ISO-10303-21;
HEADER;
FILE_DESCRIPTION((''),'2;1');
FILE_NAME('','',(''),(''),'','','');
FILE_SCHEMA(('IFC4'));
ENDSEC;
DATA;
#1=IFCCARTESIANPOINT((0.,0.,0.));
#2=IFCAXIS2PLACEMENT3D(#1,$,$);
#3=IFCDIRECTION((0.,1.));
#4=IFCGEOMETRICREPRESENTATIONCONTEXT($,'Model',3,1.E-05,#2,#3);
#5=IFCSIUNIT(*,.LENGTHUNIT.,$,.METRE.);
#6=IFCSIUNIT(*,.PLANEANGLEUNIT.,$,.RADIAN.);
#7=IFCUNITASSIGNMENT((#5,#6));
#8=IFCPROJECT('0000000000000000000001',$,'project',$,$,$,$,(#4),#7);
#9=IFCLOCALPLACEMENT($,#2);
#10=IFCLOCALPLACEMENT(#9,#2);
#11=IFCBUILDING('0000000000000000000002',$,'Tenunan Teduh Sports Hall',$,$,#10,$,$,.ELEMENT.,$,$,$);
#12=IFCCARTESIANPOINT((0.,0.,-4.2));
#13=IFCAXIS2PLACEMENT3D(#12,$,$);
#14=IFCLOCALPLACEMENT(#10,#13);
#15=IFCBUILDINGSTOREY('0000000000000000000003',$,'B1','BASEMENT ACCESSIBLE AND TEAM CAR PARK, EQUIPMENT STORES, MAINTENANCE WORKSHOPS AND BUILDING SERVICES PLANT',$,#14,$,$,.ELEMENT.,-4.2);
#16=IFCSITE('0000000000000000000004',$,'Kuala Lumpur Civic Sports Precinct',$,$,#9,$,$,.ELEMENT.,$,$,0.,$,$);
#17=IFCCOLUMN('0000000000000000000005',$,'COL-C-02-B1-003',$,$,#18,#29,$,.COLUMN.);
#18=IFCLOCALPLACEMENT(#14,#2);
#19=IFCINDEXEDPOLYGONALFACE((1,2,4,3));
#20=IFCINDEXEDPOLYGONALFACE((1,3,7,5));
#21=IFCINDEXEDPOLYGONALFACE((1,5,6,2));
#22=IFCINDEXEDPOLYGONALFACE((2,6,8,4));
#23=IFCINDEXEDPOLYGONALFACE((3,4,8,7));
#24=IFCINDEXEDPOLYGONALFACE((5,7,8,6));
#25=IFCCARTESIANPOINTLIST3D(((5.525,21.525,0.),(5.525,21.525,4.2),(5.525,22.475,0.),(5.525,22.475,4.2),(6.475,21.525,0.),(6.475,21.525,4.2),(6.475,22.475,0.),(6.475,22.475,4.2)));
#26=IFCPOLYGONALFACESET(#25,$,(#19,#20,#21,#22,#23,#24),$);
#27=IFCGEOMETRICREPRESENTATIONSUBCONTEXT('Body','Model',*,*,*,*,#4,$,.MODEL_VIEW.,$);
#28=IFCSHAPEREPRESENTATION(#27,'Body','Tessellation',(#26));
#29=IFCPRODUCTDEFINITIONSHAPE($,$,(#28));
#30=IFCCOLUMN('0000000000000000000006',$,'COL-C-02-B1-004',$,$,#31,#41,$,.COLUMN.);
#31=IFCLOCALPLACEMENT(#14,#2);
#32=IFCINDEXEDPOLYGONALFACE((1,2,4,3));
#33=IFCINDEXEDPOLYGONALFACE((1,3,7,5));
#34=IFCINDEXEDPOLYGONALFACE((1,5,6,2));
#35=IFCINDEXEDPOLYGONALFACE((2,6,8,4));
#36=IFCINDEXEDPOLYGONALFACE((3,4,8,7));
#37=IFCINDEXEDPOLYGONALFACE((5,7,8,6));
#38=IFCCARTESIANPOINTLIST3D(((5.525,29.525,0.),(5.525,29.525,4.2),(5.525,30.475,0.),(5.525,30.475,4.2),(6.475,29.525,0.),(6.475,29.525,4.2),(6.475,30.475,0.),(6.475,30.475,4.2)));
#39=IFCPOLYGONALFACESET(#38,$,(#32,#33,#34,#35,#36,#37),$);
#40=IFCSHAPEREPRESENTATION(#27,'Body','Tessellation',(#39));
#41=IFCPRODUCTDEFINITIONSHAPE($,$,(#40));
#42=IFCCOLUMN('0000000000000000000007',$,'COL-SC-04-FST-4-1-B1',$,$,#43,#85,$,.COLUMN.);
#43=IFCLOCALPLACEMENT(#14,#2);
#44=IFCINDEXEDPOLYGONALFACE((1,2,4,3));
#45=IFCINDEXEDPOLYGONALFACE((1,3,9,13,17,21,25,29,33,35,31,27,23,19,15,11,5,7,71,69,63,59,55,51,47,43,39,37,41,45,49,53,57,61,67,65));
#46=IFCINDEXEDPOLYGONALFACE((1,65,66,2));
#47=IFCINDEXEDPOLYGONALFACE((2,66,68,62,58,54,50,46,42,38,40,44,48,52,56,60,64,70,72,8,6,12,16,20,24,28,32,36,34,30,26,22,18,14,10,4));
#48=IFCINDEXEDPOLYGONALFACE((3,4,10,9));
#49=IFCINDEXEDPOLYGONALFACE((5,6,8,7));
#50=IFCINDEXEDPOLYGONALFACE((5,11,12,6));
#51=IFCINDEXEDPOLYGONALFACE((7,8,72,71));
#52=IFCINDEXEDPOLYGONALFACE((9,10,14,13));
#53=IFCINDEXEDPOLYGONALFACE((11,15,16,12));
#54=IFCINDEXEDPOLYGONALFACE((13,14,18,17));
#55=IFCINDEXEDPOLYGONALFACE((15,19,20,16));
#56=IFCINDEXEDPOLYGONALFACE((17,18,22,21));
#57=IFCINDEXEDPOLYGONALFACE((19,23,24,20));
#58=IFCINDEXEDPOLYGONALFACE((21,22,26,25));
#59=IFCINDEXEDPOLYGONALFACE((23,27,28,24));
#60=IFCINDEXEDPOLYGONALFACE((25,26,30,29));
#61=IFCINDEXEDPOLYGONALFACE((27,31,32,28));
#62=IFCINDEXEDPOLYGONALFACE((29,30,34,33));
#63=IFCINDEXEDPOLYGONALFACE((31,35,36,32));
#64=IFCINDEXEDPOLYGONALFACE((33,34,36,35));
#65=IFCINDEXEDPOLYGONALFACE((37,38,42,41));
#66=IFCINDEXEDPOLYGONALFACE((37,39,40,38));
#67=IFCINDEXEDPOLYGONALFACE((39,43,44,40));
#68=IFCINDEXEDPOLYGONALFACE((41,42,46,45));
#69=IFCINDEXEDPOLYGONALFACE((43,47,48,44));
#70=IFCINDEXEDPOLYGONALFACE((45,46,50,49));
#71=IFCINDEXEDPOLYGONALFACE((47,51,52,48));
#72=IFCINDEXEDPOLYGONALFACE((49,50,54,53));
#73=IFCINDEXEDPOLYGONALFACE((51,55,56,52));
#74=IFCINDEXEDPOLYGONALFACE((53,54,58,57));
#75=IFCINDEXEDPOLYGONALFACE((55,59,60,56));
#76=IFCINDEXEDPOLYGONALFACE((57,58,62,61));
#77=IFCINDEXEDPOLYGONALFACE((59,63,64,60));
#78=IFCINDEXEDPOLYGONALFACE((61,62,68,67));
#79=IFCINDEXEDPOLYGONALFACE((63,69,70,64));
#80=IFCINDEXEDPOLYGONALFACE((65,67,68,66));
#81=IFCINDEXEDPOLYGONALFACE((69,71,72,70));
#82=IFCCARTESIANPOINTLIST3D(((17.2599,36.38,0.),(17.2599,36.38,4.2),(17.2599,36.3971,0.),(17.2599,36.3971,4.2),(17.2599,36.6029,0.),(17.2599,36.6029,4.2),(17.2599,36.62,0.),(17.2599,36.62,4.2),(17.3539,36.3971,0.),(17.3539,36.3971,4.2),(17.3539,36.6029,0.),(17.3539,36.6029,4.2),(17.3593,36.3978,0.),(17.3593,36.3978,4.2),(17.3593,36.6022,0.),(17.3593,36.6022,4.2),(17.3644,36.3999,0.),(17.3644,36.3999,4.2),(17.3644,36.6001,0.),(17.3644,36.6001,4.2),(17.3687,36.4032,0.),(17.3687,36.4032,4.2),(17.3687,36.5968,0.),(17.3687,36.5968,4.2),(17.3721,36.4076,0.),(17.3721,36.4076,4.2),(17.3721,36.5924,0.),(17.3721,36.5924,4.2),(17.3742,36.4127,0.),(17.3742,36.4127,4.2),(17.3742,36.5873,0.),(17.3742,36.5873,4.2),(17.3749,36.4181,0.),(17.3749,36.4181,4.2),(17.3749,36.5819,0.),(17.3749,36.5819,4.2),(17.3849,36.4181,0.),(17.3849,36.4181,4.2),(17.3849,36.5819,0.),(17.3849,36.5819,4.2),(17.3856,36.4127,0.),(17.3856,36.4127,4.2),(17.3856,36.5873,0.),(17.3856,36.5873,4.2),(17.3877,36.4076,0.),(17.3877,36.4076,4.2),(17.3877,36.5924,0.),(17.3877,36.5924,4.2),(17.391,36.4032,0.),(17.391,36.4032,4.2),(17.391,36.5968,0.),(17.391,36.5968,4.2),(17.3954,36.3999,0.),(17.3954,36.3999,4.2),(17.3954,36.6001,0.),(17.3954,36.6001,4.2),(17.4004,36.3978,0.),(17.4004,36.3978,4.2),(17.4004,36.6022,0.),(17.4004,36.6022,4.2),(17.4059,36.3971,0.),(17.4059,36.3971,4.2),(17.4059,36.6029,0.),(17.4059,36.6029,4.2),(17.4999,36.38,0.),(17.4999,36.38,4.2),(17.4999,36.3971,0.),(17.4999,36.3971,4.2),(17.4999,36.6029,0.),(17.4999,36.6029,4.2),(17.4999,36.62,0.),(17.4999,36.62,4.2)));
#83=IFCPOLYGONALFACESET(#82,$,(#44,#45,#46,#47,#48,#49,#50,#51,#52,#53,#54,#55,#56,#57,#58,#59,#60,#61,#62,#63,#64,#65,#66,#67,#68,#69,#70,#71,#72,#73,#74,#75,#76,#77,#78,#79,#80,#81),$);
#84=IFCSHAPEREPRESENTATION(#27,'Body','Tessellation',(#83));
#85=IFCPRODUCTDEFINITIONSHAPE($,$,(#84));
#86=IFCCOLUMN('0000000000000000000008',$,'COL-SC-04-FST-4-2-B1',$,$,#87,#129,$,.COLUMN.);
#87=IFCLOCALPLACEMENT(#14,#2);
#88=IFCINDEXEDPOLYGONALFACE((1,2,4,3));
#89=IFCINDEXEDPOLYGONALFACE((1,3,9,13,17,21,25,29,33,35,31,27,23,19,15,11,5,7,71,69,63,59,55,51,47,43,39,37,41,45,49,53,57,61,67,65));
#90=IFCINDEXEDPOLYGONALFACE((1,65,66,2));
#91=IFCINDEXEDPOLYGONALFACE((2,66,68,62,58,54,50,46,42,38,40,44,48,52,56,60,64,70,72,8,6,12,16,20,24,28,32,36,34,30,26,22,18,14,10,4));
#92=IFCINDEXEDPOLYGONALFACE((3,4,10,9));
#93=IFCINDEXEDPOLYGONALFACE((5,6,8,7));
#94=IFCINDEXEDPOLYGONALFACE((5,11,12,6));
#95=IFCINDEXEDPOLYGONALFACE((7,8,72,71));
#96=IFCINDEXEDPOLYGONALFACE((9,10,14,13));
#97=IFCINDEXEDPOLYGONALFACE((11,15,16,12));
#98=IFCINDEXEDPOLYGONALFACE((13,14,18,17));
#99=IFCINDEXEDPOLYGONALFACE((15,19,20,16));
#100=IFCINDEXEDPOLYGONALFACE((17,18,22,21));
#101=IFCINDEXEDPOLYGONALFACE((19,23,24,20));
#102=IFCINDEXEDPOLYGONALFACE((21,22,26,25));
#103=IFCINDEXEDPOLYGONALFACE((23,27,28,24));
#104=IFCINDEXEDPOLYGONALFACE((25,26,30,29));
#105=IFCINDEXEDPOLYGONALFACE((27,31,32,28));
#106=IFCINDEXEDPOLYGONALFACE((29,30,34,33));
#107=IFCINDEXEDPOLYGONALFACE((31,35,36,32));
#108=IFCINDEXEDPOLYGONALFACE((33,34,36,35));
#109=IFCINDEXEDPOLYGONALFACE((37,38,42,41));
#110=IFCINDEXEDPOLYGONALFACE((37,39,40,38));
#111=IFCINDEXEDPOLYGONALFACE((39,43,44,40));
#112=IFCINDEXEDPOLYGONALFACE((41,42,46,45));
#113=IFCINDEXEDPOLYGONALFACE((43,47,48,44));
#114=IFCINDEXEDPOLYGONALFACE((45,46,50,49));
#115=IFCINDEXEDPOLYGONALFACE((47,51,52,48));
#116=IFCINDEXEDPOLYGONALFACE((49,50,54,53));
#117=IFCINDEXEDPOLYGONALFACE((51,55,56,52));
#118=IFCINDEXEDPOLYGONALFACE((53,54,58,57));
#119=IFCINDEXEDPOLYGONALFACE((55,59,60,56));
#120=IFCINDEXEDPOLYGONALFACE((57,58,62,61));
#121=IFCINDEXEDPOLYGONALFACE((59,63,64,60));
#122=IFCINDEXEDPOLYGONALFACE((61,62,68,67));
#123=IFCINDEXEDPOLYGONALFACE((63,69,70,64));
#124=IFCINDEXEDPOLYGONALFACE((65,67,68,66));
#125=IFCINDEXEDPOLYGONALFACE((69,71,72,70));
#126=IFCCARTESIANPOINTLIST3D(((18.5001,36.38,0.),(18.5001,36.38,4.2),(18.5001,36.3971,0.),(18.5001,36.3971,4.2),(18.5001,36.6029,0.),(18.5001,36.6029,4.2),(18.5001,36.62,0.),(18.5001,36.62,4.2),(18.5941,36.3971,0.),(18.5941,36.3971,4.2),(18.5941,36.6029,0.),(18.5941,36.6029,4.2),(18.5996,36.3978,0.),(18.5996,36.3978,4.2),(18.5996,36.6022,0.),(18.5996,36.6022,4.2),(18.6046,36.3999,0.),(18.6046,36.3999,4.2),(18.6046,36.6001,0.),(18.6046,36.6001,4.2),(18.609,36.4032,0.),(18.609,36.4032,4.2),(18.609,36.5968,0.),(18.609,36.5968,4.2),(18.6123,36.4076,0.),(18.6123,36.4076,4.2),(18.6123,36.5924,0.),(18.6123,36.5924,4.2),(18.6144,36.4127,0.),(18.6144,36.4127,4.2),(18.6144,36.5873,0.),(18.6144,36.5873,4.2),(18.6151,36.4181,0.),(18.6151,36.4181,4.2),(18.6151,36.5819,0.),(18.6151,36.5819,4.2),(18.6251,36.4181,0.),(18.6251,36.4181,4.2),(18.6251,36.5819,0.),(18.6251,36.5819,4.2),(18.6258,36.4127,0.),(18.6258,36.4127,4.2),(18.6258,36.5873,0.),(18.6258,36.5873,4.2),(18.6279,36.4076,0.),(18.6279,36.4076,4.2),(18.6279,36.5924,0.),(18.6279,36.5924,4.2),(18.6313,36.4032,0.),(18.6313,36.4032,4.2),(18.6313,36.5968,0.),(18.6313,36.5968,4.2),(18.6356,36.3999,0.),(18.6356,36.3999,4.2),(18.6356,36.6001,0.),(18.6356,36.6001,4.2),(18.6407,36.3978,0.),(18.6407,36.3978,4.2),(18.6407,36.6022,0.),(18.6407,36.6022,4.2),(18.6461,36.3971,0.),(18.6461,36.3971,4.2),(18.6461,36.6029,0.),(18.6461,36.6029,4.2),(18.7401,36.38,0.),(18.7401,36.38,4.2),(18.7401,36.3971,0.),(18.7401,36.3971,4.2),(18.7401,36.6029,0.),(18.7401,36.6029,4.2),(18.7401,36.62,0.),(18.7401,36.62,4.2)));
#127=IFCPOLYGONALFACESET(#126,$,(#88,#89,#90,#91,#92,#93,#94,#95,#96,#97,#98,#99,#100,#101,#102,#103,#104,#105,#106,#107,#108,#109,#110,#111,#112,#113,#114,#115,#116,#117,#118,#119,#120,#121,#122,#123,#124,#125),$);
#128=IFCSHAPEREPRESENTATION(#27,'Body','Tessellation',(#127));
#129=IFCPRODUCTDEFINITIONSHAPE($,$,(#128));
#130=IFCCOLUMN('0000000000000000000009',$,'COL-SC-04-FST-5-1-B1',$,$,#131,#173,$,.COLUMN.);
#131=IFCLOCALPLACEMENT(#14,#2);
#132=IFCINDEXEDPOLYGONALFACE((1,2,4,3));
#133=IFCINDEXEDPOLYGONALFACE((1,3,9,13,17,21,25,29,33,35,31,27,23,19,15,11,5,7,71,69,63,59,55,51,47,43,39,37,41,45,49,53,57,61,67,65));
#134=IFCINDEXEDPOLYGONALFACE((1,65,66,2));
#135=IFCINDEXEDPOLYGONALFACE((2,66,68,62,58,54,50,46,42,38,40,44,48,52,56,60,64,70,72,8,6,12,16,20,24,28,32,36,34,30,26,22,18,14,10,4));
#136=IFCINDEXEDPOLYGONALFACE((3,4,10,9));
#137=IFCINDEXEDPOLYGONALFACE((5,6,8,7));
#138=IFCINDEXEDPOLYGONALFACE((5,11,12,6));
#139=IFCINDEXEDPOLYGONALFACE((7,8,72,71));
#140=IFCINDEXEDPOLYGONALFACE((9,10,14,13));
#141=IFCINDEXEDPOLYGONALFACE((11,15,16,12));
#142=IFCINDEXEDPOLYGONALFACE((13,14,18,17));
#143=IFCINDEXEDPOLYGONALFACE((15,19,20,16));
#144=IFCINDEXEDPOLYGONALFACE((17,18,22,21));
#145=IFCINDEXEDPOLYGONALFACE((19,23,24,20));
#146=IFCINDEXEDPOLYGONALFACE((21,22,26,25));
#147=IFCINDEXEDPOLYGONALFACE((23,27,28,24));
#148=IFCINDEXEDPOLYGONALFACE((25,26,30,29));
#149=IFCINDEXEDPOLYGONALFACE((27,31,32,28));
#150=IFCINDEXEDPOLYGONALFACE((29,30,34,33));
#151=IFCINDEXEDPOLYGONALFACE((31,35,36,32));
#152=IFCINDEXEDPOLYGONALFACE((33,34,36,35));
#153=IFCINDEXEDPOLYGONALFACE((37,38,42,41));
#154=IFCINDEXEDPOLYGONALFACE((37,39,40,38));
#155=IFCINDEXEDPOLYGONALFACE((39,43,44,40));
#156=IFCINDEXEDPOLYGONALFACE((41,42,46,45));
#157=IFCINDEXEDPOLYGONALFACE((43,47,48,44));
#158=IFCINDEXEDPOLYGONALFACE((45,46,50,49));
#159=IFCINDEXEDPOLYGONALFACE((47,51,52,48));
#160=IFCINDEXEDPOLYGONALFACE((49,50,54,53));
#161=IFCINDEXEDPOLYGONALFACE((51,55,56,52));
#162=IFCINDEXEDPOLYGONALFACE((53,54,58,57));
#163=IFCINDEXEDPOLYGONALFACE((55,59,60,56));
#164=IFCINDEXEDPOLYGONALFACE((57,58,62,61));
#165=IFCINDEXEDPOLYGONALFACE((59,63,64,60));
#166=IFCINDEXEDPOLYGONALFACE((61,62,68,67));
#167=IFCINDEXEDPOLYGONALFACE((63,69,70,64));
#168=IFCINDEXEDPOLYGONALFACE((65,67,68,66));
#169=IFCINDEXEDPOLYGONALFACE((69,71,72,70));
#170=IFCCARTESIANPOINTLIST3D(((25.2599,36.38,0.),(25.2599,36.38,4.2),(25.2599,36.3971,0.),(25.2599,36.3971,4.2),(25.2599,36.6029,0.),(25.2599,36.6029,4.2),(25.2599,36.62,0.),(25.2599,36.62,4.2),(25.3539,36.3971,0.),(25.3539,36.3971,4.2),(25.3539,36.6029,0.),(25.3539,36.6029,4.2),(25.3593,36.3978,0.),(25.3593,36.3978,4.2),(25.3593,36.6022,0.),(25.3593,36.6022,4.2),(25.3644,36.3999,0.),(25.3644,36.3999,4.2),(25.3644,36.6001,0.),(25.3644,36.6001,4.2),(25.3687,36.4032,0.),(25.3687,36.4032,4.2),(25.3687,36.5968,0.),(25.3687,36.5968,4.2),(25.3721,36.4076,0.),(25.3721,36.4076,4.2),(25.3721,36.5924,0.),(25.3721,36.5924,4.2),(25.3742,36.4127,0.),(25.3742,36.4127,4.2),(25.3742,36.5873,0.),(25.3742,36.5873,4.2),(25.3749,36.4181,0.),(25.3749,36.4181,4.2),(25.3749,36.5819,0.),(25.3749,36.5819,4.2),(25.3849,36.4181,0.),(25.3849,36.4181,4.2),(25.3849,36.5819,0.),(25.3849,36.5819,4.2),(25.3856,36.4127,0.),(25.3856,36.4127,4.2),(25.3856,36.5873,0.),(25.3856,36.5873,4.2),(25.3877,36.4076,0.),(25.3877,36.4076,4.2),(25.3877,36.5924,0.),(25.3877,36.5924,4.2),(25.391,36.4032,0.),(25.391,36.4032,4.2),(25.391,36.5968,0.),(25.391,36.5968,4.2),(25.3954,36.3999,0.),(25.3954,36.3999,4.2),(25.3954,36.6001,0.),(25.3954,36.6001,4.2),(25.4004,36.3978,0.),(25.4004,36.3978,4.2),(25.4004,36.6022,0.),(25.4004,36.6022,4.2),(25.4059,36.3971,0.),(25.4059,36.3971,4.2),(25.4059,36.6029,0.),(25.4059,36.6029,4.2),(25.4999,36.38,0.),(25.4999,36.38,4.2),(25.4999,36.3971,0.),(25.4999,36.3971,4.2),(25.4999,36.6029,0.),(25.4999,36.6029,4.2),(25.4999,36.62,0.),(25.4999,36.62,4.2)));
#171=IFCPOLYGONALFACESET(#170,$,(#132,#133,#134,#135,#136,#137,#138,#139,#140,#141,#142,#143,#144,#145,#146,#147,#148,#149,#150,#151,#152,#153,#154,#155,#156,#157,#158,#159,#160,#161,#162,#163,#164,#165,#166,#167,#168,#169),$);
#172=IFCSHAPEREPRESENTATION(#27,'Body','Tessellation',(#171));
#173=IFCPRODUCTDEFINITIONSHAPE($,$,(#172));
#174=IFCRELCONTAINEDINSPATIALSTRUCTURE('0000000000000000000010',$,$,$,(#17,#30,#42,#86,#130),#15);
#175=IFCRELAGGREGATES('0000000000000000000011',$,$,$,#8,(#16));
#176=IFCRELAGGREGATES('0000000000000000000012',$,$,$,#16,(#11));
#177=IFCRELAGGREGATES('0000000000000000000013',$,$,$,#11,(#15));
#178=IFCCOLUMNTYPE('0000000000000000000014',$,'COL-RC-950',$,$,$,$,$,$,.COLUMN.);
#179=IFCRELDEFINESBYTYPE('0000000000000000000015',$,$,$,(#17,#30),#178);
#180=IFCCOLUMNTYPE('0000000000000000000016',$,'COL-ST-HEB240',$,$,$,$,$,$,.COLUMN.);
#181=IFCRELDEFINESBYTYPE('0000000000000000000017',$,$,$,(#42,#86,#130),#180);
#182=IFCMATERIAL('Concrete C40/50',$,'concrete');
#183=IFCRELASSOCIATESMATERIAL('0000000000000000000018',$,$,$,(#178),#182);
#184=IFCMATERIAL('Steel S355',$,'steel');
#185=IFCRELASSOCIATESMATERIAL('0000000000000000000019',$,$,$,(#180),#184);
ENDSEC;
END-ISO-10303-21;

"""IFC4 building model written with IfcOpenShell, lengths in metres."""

from ifc_helpers import new_model, si_unit, direction, frame, origin, origin_2d, place, context, subcontext, project, spatial, rectangle, i_section, extrude, material, material_profile, profile_set, type_object, element, save


model = new_model("IFC4")

# Units and contexts
model_context = context("Model", 3, precision=1e-05, world=origin(), true_north=direction((0.0, 1.0)))
body_context = subcontext(model_context, "Body", "Model", "MODEL_VIEW")
ifc_project = project(units=[si_unit("LENGTHUNIT", "METRE"), si_unit("PLANEANGLEUNIT", "RADIAN")], contexts=[model_context])

# Site, building, storey
site_placement = place(None, origin())
site = spatial("IfcSite", under=ifc_project, at=site_placement, Name="Kuala Lumpur Civic Sports Precinct", CompositionType="ELEMENT", RefElevation=0.0)
building_placement = place(site_placement, origin())
building = spatial("IfcBuilding", under=site, at=building_placement, Name="Tenunan Teduh Sports Hall", CompositionType="ELEMENT")
storey_placement = place(building_placement, frame((0.0, 0.0, -4.2)))
storey = spatial("IfcBuildingStorey", under=building, at=storey_placement, Name="B1", Description="BASEMENT ACCESSIBLE AND TEAM CAR PARK, EQUIPMENT STORES, MAINTENANCE WORKSHOPS AND BUILDING SERVICES PLANT", CompositionType="ELEMENT", Elevation=-4.2)

# Columns
ifc_material_1 = material(Name="Concrete C40/50", Category="concrete")
ifc_material_profile_1 = material_profile(ifc_material_1, rectangle(XDim=0.95, YDim=0.95, at=origin_2d()), Name="RC 950x950")
ifc_profile_set_1 = profile_set([ifc_material_profile_1], Name="Concrete C40/50")
column_type_1 = type_object("IfcColumnType", Name="COL-RC-950", PredefinedType="COLUMN", material=ifc_profile_set_1)
for number, where, z_axis, x_axis, name in (
    (1, (6.0, 22.0, 0.0), (0.0, 0.0, 1.0), (1.0, 0.0, 0.0), "COL-C-02-B1-003"),
    (2, (6.0, 30.0, 0.0), (0.0, 0.0, 1.0), (1.0, 0.0, 0.0), "COL-C-02-B1-004"),
):
    element("IfcColumn", number, at=place(storey_placement, frame(where, z_axis=z_axis, x_axis=x_axis)), inside=storey, type_object=column_type_1, Name=name, PredefinedType="COLUMN", context=body_context, shape_type="SweptSolid", body=[
        extrude(rectangle(XDim=0.95, YDim=0.95, at=origin_2d()), origin(), (0.0, 0.0, 1.0), 4.2),
    ])
ifc_material_2 = material(Name="Steel S355", Category="steel")
ifc_material_profile_2 = material_profile(ifc_material_2, i_section(OverallWidth=0.24, OverallDepth=0.24, WebThickness=0.01, FlangeThickness=0.0171, FilletRadius=0.021, at=origin_2d()), Name="HEB 240")
ifc_profile_set_2 = profile_set([ifc_material_profile_2], Name="Steel S355")
column_type_2 = type_object("IfcColumnType", Name="COL-ST-HEB240", PredefinedType="COLUMN", material=ifc_profile_set_2)
for number, where, z_axis, x_axis, name in (
    (3, (17.3799, 36.5, 0.0), (0.0, 0.0, 1.0), (1.0, 0.0, 0.0), "COL-SC-04-FST-4-1-B1"),
    (4, (18.6201, 36.5, 0.0), (0.0, 0.0, 1.0), (1.0, 0.0, 0.0), "COL-SC-04-FST-4-2-B1"),
    (5, (25.3799, 36.5, 0.0), (0.0, 0.0, 1.0), (1.0, 0.0, 0.0), "COL-SC-04-FST-5-1-B1"),
):
    element("IfcColumn", number, at=place(storey_placement, frame(where, z_axis=z_axis, x_axis=x_axis)), inside=storey, type_object=column_type_2, Name=name, PredefinedType="COLUMN", context=body_context, shape_type="SweptSolid", body=[
        extrude(i_section(OverallWidth=0.24, OverallDepth=0.24, WebThickness=0.01, FlangeThickness=0.0171, FilletRadius=0.021, at=origin_2d()), origin(), (0.0, 0.0, 1.0), 4.2),
    ])

save(model, "model.ifc")
